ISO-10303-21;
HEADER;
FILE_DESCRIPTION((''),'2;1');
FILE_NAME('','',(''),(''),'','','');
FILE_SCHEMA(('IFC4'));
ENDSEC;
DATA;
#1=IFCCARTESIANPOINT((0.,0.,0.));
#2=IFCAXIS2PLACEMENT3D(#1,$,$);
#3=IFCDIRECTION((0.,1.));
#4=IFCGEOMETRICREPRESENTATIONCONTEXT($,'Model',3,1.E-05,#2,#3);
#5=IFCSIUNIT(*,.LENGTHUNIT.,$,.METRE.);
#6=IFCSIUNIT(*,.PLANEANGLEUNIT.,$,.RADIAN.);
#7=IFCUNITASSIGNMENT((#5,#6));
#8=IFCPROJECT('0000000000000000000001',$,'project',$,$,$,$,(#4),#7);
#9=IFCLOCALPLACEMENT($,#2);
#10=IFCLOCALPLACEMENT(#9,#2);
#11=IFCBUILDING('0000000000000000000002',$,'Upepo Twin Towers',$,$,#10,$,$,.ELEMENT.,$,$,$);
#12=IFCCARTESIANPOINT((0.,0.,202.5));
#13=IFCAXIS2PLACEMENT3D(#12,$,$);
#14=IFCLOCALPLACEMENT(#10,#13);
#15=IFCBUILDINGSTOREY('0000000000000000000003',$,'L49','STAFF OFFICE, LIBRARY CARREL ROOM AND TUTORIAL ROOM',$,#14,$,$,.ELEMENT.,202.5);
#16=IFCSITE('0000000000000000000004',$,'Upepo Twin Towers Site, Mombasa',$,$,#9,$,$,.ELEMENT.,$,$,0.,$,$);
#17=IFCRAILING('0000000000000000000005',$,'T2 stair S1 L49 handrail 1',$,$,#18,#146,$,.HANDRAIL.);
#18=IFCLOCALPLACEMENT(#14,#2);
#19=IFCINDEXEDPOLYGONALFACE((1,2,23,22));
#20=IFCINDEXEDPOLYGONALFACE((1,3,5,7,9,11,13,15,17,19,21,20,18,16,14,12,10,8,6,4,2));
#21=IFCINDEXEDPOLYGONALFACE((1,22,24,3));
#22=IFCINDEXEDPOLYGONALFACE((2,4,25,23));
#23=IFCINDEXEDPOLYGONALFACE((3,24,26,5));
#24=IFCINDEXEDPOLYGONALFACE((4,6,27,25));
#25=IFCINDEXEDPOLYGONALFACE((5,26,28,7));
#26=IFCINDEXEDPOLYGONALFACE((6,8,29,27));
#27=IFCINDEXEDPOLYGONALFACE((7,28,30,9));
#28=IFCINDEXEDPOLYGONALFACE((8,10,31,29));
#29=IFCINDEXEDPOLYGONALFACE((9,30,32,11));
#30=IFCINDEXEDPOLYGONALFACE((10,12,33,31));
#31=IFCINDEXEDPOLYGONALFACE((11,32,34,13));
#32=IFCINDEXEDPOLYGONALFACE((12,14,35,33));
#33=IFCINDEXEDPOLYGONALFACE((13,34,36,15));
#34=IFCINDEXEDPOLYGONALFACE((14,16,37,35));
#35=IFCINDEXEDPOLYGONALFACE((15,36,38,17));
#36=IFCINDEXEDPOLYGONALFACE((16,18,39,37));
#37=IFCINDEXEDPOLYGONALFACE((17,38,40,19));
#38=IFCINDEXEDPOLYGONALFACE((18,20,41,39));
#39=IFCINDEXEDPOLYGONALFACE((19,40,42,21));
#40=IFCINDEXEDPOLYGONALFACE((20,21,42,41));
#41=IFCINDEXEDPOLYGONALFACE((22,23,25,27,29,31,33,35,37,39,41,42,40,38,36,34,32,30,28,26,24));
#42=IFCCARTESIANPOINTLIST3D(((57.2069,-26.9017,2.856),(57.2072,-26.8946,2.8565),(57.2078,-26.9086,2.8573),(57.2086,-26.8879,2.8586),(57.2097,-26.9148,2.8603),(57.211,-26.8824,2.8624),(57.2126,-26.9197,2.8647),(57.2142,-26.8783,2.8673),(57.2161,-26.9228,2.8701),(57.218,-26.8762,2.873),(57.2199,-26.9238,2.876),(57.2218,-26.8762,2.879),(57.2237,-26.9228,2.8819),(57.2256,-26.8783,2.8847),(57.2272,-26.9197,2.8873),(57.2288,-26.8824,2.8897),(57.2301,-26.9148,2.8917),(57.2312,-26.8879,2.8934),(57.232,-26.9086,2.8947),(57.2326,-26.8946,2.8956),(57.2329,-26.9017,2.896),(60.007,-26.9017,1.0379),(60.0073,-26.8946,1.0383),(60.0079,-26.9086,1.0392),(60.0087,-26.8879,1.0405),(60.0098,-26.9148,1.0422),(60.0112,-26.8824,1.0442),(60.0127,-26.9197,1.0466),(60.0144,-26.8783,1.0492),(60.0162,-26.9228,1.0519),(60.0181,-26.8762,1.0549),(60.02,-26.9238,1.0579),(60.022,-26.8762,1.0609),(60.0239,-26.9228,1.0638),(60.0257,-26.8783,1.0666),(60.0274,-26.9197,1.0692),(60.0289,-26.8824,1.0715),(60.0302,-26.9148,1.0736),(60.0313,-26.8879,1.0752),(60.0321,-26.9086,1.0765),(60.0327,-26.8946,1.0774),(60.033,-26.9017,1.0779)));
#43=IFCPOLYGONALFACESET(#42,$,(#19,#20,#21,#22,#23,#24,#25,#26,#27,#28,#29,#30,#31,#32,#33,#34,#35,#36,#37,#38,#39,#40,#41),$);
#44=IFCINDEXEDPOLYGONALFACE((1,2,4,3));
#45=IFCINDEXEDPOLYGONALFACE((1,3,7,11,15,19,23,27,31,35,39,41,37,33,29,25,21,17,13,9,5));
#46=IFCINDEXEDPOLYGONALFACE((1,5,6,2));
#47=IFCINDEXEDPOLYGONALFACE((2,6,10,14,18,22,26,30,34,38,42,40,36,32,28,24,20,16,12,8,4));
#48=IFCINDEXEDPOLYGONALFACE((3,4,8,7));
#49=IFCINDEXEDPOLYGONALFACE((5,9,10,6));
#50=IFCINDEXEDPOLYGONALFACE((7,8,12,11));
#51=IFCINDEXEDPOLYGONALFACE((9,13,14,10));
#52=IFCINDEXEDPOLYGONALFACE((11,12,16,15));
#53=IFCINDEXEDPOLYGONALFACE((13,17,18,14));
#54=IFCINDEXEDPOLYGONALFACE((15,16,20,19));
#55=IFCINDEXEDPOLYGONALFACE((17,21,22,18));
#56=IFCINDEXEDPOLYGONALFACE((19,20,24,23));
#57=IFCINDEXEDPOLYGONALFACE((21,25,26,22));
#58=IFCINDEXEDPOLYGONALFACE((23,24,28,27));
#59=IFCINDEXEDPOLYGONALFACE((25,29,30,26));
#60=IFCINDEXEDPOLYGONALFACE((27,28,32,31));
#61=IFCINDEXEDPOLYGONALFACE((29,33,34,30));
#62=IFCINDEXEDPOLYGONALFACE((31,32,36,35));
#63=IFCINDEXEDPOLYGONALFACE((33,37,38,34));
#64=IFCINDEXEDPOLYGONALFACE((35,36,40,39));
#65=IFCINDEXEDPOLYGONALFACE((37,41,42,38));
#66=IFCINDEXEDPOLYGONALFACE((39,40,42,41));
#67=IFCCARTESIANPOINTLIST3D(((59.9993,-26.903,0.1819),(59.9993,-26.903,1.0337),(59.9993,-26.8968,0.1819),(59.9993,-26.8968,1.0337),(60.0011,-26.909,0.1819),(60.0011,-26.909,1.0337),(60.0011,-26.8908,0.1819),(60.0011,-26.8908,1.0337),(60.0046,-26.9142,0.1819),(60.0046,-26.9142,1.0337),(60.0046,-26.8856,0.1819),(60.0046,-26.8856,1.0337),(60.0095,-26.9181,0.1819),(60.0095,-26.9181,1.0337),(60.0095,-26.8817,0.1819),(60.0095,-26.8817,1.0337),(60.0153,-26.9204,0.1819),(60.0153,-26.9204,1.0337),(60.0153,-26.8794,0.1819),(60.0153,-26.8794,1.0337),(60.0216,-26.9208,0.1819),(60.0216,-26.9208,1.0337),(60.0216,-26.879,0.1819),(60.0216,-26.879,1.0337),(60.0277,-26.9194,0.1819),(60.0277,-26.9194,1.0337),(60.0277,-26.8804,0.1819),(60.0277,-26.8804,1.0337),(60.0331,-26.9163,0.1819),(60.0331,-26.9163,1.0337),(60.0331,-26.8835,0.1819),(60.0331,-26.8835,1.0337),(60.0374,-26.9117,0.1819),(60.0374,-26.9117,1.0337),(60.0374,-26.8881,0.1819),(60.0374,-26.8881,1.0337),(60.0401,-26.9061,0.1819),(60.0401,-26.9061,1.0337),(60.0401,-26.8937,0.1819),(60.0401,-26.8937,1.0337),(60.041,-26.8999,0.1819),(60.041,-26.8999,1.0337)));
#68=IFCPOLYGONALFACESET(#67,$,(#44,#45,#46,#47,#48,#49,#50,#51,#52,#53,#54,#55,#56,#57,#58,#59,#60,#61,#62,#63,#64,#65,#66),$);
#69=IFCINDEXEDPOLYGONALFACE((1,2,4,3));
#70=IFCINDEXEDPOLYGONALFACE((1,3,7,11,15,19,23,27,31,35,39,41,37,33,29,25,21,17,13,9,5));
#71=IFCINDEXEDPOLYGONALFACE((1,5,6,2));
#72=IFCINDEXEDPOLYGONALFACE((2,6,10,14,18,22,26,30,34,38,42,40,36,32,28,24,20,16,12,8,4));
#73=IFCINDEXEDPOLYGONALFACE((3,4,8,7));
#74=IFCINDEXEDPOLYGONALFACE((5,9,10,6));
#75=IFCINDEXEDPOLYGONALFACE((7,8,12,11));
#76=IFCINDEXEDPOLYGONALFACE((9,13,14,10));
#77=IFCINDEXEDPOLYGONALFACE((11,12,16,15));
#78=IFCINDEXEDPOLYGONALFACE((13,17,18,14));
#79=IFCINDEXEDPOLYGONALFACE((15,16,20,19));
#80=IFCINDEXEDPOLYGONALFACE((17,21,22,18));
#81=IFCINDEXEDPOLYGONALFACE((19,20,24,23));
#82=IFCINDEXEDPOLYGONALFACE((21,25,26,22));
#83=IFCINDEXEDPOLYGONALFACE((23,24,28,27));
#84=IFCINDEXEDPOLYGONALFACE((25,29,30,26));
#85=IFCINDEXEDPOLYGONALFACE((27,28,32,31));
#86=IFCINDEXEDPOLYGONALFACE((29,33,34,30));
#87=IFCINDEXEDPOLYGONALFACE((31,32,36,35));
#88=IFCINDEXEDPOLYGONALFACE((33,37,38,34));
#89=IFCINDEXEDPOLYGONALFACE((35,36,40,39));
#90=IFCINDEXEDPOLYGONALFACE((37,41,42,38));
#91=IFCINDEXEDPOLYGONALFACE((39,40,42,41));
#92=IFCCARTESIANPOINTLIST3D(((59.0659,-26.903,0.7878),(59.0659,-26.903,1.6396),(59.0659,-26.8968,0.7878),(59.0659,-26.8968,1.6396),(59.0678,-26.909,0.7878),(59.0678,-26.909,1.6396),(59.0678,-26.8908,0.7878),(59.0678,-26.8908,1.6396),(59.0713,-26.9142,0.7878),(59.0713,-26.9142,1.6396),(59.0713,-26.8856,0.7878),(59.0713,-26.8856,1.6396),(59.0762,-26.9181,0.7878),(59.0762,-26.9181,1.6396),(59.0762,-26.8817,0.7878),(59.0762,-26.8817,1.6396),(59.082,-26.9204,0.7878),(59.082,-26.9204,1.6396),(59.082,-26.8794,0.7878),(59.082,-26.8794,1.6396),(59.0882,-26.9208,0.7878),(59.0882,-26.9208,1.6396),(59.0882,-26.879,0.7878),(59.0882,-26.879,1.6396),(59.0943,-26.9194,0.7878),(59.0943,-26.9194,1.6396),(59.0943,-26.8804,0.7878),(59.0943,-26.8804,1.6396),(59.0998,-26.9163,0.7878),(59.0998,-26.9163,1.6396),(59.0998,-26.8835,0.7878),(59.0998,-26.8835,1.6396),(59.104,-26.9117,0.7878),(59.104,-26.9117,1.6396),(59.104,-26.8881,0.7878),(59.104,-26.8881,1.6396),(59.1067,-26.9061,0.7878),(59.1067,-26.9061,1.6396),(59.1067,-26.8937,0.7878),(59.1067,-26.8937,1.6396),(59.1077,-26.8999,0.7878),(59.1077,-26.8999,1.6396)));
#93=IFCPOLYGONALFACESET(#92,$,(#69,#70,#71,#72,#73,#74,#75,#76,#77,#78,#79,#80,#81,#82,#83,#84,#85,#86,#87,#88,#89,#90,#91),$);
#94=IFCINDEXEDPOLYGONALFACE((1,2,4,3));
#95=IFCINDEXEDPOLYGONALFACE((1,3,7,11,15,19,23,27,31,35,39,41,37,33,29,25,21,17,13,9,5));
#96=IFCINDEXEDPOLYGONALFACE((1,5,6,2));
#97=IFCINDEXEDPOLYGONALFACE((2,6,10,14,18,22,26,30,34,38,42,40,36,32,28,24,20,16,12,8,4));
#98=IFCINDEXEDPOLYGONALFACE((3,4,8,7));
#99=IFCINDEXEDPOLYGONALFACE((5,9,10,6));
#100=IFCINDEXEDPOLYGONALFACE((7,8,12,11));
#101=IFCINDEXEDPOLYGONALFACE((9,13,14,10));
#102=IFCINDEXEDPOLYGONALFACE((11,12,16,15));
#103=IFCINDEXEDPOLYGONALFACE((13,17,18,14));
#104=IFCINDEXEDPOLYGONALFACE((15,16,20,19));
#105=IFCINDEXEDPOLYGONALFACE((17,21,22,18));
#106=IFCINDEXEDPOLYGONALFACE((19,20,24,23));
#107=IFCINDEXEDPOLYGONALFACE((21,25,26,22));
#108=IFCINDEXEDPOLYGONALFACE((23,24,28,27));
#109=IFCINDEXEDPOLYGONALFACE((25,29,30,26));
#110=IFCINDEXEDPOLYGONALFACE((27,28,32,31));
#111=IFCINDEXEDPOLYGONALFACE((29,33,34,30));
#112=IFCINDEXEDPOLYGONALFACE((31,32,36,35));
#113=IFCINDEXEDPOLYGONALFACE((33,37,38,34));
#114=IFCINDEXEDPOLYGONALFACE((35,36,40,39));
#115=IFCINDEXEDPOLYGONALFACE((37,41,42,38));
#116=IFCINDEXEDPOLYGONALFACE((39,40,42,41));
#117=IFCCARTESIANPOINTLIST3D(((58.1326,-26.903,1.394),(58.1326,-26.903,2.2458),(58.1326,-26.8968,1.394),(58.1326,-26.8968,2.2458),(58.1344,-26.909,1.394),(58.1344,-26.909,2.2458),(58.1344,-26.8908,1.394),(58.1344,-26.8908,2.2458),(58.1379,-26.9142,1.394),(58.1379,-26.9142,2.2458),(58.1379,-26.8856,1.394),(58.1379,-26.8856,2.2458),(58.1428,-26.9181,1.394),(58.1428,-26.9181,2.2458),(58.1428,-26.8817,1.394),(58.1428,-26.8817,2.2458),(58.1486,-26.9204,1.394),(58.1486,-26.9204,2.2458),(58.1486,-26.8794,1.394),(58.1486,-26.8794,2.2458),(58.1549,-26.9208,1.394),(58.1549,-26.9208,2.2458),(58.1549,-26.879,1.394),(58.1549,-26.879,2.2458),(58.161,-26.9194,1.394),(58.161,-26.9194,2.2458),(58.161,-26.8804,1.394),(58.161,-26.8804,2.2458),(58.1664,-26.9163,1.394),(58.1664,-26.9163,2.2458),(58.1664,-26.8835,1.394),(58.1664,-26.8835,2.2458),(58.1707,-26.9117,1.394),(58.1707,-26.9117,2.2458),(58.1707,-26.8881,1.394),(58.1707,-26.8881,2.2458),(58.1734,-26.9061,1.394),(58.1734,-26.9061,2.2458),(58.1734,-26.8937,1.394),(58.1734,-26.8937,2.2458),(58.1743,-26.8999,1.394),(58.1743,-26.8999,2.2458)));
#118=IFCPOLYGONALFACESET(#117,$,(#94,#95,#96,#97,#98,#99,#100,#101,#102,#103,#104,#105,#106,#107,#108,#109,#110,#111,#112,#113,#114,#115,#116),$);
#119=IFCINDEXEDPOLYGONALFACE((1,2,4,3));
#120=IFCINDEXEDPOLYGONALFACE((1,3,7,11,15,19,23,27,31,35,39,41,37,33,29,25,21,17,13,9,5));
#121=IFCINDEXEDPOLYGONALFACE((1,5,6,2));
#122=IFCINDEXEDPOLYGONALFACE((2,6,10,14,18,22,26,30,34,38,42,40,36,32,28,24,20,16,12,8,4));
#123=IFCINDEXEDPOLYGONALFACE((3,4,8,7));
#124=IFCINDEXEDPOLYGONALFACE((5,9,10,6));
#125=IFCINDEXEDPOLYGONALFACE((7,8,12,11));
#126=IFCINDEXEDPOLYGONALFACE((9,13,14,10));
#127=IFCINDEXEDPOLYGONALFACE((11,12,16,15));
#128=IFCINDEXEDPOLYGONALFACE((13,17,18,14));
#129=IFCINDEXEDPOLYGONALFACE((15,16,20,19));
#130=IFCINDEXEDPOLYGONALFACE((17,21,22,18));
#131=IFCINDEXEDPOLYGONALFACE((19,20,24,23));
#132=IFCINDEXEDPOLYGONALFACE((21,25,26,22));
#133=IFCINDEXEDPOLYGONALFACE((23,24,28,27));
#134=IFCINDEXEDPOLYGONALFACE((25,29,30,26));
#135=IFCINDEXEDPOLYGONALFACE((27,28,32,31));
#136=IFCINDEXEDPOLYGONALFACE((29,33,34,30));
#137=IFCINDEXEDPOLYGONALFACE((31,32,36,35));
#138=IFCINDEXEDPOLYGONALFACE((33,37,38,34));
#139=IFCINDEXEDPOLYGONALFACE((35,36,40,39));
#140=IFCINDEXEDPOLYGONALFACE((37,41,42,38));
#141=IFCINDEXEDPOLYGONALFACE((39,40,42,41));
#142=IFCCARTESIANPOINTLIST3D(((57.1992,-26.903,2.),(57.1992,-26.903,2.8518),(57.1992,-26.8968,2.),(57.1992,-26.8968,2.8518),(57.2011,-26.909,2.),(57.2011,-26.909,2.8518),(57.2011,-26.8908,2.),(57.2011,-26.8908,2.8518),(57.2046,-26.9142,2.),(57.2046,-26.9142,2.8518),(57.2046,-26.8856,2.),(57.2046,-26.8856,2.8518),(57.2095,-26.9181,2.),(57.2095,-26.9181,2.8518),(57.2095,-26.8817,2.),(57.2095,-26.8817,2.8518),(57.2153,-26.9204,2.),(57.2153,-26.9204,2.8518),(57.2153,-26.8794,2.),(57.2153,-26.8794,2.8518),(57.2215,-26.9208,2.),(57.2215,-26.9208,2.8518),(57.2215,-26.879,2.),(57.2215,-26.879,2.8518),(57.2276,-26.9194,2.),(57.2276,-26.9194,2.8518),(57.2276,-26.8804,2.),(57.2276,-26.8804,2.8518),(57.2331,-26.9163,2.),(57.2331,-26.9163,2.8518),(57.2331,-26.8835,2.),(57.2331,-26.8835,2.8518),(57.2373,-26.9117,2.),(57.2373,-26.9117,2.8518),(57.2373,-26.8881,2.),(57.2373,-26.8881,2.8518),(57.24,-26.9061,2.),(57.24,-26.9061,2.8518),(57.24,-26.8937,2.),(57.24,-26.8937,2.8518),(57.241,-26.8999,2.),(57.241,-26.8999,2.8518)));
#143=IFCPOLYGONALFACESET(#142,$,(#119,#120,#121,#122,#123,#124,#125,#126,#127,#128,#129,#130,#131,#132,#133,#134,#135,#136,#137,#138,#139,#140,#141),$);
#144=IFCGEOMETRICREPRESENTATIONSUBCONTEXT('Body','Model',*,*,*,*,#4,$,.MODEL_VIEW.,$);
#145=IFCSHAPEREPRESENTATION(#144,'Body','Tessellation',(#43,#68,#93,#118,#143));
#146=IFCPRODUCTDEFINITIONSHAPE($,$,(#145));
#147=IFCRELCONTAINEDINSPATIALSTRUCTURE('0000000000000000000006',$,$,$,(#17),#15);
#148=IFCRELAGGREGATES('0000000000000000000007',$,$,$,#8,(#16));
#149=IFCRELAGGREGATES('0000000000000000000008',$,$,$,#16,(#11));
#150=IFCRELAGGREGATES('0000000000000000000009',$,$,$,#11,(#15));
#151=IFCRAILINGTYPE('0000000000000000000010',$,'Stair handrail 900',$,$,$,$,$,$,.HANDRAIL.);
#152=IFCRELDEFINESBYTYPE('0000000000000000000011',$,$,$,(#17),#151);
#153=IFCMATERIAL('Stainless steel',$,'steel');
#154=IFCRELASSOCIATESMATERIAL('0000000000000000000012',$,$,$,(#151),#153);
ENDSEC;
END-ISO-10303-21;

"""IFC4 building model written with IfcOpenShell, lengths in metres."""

from ifc_helpers import new_model, si_unit, direction, frame, origin, origin_2d, place, context, subcontext, project, spatial, circle, extrude, material, type_object, element, save


model = new_model("IFC4")

# Units and contexts
model_context = context("Model", 3, precision=1e-05, world=origin(), true_north=direction((0.0, 1.0)))
body_context = subcontext(model_context, "Body", "Model", "MODEL_VIEW")
ifc_project = project(units=[si_unit("LENGTHUNIT", "METRE"), si_unit("PLANEANGLEUNIT", "RADIAN")], contexts=[model_context])

# Site, building, storey
site_placement = place(None, origin())
site = spatial("IfcSite", under=ifc_project, at=site_placement, Name="Upepo Twin Towers Site, Mombasa", CompositionType="ELEMENT", RefElevation=0.0)
building_placement = place(site_placement, origin())
building = spatial("IfcBuilding", under=site, at=building_placement, Name="Upepo Twin Towers", CompositionType="ELEMENT")
storey_placement = place(building_placement, frame((0.0, 0.0, 202.5)))
storey = spatial("IfcBuildingStorey", under=building, at=storey_placement, Name="L49", Description="STAFF OFFICE, LIBRARY CARREL ROOM AND TUTORIAL ROOM", CompositionType="ELEMENT", Elevation=202.5)

# Railing
ifc_material_1 = material(Name="Stainless steel", Category="steel")
railing_type = type_object("IfcRailingType", Name="Stair handrail 900", PredefinedType="HANDRAIL", material=ifc_material_1)
railing_1_placement = place(storey_placement, frame((60.02, -26.8999, 0.1819)))
element("IfcRailing", 1, at=railing_1_placement, inside=storey, type_object=railing_type, Name="T2 stair S1 L49 handrail 1", PredefinedType="HANDRAIL", context=body_context, shape_type="SweptSolid", body=[
    extrude(circle(Radius=0.0239, at=origin_2d()), frame((0.0, 0.0, 0.876), z_axis=(-0.838706, 0.0, 0.544585), x_axis=(0.0, -1.0, 0.0)), (0.0, 0.0, 1.0), 3.3386),
    extrude(circle(Radius=0.021, at=origin_2d()), origin(), (0.0, 0.0, 1.0), 0.8518),
    extrude(circle(Radius=0.021, at=origin_2d()), frame((-0.9333, 0.0, 0.606)), (0.0, 0.0, 1.0), 0.8518),
    extrude(circle(Radius=0.021, at=origin_2d()), frame((-1.8667, 0.0, 1.2122)), (0.0, 0.0, 1.0), 0.8518),
    extrude(circle(Radius=0.021, at=origin_2d()), frame((-2.8, 0.0, 1.8181)), (0.0, 0.0, 1.0), 0.8518),
])

save(model, "model.ifc")
